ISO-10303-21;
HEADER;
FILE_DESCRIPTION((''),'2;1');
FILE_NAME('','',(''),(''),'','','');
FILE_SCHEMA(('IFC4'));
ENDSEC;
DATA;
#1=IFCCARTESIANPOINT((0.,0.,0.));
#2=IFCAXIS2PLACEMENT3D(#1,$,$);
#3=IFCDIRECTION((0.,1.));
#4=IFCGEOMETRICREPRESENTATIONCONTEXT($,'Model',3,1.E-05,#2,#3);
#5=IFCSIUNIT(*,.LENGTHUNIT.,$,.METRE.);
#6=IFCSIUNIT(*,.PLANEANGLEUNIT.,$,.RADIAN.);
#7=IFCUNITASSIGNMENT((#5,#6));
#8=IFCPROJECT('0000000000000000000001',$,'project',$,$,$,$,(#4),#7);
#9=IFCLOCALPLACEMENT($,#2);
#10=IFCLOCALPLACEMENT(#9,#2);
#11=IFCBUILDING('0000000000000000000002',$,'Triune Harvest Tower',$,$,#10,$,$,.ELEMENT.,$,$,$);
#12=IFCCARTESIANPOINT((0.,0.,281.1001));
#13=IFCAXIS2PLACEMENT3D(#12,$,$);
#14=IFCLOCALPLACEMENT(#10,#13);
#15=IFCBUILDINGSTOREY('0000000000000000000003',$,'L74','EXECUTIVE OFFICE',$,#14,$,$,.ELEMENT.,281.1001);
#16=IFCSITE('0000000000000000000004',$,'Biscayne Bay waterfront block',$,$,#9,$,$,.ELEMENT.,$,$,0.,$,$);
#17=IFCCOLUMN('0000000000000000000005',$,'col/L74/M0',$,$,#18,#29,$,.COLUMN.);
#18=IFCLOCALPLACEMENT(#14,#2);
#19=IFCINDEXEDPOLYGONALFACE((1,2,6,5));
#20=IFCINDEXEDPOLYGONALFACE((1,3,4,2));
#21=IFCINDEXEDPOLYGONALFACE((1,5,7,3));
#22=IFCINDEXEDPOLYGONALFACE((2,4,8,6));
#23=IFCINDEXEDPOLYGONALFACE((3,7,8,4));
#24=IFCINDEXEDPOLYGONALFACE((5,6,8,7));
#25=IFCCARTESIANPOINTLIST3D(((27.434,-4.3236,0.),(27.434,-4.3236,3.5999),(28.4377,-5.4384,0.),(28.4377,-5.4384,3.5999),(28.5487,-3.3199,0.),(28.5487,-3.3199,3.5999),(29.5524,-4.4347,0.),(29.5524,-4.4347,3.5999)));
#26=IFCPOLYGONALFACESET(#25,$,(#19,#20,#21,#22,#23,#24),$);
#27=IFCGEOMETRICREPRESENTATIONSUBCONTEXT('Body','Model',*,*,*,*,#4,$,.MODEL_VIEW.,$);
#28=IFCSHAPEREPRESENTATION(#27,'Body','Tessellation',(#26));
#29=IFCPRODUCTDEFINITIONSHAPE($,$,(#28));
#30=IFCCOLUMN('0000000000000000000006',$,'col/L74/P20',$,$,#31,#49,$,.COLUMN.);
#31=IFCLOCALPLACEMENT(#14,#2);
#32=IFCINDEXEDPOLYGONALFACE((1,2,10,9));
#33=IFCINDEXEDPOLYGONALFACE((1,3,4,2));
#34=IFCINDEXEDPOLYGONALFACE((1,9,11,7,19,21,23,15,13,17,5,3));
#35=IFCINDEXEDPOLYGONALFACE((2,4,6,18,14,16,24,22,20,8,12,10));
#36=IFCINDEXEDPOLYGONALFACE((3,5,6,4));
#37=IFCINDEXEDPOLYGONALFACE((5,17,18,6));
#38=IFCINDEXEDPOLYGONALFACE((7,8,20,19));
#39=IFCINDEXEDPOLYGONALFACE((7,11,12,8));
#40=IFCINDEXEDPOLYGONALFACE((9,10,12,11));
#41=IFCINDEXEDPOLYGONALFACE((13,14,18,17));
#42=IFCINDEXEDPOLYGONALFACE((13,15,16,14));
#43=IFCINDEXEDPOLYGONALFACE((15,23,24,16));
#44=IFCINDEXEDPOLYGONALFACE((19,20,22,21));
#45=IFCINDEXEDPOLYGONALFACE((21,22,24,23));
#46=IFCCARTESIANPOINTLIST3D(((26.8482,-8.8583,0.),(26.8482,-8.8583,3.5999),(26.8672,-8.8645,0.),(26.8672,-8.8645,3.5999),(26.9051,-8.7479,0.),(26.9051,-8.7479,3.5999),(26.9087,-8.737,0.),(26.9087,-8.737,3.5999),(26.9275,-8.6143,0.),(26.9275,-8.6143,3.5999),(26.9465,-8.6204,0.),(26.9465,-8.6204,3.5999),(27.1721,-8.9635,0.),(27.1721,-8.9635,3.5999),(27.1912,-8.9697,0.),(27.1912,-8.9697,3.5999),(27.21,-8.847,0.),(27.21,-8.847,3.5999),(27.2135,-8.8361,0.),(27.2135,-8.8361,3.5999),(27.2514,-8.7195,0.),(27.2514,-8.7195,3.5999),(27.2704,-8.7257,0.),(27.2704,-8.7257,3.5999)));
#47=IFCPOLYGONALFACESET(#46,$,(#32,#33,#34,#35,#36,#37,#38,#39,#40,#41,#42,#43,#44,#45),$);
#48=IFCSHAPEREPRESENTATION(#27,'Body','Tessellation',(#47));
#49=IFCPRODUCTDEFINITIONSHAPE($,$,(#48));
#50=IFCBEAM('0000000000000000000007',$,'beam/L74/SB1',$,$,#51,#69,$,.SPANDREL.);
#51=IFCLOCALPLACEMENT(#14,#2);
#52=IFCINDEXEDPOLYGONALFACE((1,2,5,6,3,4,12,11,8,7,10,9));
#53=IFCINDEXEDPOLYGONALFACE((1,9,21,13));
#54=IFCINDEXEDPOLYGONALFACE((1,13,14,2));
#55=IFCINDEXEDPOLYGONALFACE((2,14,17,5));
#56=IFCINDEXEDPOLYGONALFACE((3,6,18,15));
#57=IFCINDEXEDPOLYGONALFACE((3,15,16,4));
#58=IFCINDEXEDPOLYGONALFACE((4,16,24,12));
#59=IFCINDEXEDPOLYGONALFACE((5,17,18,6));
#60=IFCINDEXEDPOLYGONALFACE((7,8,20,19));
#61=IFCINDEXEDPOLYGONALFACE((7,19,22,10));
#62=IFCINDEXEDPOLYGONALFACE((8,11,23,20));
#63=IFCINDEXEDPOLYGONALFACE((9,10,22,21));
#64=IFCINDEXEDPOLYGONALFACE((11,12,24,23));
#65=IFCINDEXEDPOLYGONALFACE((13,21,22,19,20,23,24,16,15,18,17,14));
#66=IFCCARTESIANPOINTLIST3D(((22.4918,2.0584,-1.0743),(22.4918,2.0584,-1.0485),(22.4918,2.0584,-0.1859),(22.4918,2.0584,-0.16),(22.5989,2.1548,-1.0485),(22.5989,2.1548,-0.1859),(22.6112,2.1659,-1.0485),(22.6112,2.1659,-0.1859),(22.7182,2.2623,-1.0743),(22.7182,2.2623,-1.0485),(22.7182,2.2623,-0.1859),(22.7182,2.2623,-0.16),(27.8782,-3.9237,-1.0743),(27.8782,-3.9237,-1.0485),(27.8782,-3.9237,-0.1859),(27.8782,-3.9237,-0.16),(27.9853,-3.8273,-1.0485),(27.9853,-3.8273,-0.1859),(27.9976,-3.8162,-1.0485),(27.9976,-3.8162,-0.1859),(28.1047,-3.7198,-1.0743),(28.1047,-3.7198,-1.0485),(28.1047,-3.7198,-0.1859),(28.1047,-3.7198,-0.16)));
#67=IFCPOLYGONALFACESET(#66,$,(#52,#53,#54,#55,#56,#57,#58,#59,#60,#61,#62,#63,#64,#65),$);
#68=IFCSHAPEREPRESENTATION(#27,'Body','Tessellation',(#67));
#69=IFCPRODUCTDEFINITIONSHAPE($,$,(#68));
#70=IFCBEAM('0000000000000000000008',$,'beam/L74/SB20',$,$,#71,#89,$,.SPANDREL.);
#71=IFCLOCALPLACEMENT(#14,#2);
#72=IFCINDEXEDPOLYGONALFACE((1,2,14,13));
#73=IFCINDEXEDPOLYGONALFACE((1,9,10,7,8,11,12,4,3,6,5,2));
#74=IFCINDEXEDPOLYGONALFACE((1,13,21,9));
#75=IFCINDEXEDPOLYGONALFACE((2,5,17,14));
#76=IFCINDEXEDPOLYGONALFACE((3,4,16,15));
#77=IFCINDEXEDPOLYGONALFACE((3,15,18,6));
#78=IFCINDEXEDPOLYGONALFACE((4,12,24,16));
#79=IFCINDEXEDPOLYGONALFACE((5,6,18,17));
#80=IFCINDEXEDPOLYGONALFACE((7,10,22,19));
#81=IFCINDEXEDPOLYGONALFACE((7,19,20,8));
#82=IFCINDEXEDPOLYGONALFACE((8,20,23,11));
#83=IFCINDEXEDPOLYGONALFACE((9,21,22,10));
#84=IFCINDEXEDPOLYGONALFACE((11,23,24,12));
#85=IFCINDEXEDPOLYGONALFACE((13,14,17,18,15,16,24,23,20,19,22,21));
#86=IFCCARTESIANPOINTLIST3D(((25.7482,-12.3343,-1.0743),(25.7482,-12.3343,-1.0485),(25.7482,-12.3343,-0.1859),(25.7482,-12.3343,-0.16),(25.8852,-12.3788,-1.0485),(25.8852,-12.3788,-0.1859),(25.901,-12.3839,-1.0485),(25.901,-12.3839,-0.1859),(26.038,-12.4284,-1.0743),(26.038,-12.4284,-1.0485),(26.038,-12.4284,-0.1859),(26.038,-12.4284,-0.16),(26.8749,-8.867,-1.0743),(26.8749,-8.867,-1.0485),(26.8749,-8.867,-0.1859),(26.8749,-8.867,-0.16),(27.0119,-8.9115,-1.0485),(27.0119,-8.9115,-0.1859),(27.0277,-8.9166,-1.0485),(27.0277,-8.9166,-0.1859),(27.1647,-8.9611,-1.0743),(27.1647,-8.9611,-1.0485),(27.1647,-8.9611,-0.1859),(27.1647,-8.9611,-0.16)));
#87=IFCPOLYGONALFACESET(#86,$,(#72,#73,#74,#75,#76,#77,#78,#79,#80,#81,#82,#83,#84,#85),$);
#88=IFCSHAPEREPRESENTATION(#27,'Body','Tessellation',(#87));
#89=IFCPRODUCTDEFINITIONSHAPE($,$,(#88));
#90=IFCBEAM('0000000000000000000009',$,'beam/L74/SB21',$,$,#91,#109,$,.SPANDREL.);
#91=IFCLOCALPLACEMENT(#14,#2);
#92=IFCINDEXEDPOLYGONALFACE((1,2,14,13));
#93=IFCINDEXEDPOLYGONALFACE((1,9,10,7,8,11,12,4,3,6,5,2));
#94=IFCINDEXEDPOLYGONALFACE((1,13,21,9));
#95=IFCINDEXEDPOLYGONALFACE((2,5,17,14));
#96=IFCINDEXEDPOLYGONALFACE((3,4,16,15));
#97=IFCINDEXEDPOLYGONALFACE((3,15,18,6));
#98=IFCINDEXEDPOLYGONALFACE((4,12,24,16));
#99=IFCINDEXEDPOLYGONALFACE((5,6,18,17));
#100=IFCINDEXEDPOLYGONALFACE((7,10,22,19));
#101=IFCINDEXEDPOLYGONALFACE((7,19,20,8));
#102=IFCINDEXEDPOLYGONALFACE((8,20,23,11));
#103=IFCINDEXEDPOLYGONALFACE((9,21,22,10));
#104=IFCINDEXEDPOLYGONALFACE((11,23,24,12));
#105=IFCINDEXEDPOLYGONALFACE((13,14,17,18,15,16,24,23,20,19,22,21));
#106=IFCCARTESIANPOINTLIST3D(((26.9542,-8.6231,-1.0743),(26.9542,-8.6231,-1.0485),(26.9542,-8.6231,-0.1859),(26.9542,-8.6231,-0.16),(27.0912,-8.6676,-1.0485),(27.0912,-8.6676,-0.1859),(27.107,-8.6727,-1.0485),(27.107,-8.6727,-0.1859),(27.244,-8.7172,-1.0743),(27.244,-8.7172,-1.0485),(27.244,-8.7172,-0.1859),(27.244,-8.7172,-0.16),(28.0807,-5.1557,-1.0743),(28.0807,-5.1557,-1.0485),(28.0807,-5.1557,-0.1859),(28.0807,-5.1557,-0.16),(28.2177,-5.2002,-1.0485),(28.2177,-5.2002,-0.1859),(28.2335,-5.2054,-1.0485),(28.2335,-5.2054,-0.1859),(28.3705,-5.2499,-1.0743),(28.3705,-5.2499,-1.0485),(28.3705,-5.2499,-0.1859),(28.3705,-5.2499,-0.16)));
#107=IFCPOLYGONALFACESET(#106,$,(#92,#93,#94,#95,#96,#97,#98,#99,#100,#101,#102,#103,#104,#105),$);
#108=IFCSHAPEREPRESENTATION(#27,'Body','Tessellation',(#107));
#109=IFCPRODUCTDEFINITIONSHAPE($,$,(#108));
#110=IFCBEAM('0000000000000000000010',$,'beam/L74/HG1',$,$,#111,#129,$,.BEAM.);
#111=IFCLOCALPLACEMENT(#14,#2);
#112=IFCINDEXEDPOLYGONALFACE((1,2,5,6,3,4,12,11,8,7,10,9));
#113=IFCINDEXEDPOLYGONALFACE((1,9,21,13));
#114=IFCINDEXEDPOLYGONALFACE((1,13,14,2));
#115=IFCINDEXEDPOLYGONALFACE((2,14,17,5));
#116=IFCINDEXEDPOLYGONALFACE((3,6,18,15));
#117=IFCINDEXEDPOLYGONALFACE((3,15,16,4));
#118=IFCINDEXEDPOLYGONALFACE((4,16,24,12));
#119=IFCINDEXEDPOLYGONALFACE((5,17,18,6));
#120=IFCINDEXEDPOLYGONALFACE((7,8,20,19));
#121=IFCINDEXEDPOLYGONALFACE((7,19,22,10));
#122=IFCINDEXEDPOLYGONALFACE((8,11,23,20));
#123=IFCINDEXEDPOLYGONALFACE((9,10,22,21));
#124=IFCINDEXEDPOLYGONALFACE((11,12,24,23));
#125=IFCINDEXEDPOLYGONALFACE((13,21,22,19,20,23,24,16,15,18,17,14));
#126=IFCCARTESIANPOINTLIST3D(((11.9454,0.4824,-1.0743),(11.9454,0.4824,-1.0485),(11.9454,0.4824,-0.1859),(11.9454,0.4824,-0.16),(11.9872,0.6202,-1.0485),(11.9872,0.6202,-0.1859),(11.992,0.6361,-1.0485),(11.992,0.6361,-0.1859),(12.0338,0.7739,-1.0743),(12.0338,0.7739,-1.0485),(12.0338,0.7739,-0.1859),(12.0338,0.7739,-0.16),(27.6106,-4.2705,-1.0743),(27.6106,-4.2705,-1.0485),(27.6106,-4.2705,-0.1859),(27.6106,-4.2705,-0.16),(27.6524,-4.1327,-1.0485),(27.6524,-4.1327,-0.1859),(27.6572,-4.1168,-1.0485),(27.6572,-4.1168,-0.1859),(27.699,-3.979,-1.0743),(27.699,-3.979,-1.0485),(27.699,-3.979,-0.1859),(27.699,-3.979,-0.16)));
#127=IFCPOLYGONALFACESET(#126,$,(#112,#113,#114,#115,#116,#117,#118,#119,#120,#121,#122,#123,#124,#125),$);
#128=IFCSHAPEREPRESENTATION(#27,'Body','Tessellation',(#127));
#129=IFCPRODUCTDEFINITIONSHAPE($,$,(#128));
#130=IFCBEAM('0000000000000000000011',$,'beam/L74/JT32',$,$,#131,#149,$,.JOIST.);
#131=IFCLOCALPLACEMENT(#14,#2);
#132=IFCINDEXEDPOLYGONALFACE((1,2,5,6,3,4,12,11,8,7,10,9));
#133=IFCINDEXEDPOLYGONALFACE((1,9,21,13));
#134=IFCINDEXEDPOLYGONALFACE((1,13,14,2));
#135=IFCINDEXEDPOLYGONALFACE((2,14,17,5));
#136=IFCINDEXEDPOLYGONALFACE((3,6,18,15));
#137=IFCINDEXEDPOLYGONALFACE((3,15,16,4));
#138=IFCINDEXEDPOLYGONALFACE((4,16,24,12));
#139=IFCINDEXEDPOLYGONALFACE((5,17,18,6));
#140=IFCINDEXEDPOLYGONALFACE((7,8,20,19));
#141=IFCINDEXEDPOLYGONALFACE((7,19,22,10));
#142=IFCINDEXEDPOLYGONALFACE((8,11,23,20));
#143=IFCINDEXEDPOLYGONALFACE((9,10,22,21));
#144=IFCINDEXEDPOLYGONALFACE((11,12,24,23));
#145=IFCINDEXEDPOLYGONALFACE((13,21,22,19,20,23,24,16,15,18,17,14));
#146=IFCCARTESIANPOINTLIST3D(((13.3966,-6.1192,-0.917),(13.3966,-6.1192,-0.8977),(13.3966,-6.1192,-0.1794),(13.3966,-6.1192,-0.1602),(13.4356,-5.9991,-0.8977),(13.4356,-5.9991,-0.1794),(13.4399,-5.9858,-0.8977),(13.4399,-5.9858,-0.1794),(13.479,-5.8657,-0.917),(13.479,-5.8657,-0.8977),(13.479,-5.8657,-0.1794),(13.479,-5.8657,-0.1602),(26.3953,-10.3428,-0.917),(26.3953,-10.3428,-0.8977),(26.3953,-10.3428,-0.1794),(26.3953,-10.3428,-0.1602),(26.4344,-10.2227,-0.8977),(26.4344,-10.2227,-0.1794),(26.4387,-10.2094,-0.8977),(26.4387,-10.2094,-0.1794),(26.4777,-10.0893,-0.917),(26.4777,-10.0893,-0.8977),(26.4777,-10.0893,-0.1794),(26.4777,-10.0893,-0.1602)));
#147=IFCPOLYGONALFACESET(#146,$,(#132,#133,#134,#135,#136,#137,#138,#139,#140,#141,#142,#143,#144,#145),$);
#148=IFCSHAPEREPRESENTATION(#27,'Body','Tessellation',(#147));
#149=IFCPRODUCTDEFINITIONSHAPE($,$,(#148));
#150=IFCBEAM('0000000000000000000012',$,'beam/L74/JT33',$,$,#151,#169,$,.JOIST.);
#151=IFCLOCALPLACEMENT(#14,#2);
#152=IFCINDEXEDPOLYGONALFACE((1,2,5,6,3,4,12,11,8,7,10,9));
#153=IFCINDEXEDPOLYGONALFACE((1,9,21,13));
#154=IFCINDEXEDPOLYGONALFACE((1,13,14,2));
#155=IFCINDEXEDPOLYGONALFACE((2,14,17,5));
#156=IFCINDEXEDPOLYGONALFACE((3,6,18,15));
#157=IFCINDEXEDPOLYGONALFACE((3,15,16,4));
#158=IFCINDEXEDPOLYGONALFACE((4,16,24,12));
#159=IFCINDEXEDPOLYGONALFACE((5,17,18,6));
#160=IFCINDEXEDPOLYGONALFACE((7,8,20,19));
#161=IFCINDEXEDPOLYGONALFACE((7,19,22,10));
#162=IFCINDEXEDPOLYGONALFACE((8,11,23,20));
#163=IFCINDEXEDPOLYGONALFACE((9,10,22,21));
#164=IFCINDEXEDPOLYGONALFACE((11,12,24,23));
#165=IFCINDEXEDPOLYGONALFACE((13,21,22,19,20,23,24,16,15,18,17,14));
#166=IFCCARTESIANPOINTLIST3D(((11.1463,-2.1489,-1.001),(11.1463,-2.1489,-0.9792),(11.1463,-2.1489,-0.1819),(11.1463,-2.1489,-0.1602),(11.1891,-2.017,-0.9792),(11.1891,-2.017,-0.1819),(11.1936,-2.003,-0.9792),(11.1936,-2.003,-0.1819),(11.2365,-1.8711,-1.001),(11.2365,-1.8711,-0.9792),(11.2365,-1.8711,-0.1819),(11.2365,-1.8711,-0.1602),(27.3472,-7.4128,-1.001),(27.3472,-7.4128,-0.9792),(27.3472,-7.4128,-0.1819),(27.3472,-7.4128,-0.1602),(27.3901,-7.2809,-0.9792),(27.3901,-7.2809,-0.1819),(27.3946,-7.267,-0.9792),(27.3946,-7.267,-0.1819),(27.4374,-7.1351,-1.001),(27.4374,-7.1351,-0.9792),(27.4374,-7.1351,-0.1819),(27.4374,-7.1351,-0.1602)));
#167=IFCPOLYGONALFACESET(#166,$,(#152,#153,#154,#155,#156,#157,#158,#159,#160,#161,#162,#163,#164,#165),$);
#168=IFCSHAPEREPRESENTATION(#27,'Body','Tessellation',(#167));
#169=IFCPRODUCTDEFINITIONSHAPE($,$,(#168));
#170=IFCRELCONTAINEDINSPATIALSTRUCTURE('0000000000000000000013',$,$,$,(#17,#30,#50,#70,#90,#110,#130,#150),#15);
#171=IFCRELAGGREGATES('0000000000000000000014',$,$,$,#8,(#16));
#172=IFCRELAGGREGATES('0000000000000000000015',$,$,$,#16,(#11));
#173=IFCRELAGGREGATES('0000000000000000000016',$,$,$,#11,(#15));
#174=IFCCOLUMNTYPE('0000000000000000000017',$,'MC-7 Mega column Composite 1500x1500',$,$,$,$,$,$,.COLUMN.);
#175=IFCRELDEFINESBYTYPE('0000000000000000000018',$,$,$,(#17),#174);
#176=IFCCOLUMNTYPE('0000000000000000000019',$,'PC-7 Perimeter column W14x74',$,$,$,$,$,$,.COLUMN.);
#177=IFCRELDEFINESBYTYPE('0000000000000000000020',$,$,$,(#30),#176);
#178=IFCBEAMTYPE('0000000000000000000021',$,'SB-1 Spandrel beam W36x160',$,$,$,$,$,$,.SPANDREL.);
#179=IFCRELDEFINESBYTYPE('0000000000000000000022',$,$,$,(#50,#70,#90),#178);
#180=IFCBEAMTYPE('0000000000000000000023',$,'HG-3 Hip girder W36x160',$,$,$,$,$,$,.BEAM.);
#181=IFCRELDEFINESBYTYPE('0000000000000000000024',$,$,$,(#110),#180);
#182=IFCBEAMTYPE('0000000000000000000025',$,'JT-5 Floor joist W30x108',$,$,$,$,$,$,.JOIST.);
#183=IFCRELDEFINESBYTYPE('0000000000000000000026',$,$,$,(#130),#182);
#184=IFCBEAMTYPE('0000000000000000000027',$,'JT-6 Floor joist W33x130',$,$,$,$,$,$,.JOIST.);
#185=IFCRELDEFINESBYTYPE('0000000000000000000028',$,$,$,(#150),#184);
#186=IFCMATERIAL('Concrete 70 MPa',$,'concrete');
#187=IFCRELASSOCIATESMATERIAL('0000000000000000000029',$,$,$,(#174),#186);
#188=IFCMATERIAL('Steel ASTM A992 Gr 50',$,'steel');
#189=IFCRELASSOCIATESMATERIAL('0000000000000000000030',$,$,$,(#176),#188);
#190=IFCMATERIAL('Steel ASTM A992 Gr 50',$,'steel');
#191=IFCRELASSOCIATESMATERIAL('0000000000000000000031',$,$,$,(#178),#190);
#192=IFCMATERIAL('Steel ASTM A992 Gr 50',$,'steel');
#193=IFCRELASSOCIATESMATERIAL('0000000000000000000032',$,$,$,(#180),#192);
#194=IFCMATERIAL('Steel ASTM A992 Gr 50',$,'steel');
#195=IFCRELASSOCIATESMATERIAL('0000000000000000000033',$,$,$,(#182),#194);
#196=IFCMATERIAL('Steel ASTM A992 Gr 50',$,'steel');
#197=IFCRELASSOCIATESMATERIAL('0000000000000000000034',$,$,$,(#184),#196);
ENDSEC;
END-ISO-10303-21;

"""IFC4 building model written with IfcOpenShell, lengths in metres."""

from ifc_helpers import new_model, si_unit, direction, frame, origin, origin_2d, place, context, subcontext, project, spatial, rectangle, i_section, extrude, source, transform, mapped, material, material_profile, profile_set, type_object, element, save


model = new_model("IFC4")

# Units and contexts
model_context = context("Model", 3, precision=1e-05, world=origin(), true_north=direction((0.0, 1.0)))
body_context = subcontext(model_context, "Body", "Model", "MODEL_VIEW")
ifc_project = project(units=[si_unit("LENGTHUNIT", "METRE"), si_unit("PLANEANGLEUNIT", "RADIAN")], contexts=[model_context])

# Site, building, storey
site_placement = place(None, origin())
site = spatial("IfcSite", under=ifc_project, at=site_placement, Name="Biscayne Bay waterfront block", CompositionType="ELEMENT", RefElevation=0.0)
building_placement = place(site_placement, origin())
building = spatial("IfcBuilding", under=site, at=building_placement, Name="Triune Harvest Tower", CompositionType="ELEMENT")
storey_placement = place(building_placement, frame((0.0, 0.0, 281.1001)))
storey = spatial("IfcBuildingStorey", under=building, at=storey_placement, Name="L74", Description="EXECUTIVE OFFICE", CompositionType="ELEMENT", Elevation=281.1001)

# Columns
ifc_material_1 = material(Name="Concrete 70 MPa", Category="concrete")
ifc_material_profile_1 = material_profile(ifc_material_1, rectangle(XDim=1.5, YDim=1.5, at=origin_2d()), Name="Composite 1500x1500")
ifc_profile_set_1 = profile_set([ifc_material_profile_1], Name="Concrete 70 MPa")
column_type_1 = type_object("IfcColumnType", Name="MC-7 Mega column Composite 1500x1500", PredefinedType="COLUMN", material=ifc_profile_set_1)
shared_shape_1 = source(origin(), body_context, "Body", "SweptSolid", [
    extrude(rectangle(XDim=1.5, YDim=1.5, at=origin_2d()), origin(), (0.0, 0.0, 1.0), 3.5999),
])
column_1_placement = place(storey_placement, frame((28.4932, -4.3792, 0.0), z_axis=(0.0, 0.0, 1.0), x_axis=(-0.669131, 0.743145, 0.0)))
element("IfcColumn", 1, at=column_1_placement, inside=storey, type_object=column_type_1, Name="col/L74/M0", PredefinedType="COLUMN", context=body_context, shape_type="MappedRepresentation", body=[
    mapped(shared_shape_1, transform((0.0, 0.0, 0.0), scale=1.0)),
])
ifc_material_2 = material(Name="Steel ASTM A992 Gr 50", Category="steel")
ifc_material_profile_2 = material_profile(ifc_material_2, i_section(OverallWidth=0.2566, OverallDepth=0.3606, WebThickness=0.0115, FlangeThickness=0.02, at=origin_2d()), Name="W14x74")
ifc_profile_set_2 = profile_set([ifc_material_profile_2], Name="Steel ASTM A992 Gr 50")
column_type_2 = type_object("IfcColumnType", Name="PC-7 Perimeter column W14x74", PredefinedType="COLUMN", material=ifc_profile_set_2)
shared_shape_2 = source(origin(), body_context, "Body", "SweptSolid", [
    extrude(i_section(OverallWidth=0.2566, OverallDepth=0.3606, WebThickness=0.0115, FlangeThickness=0.02, at=origin_2d()), origin(), (0.0, 0.0, 1.0), 3.5999),
])
column_2_placement = place(storey_placement, frame((27.0593, -8.792, 0.0), z_axis=(0.0, 0.0, 1.0), x_axis=(0.309017, 0.951057, 0.0)))
element("IfcColumn", 2, at=column_2_placement, inside=storey, type_object=column_type_2, Name="col/L74/P20", PredefinedType="COLUMN", context=body_context, shape_type="MappedRepresentation", body=[
    mapped(shared_shape_2, transform((0.0, 0.0, 0.0), scale=1.0)),
])

# Beams
ifc_material_3 = material(Name="Steel ASTM A992 Gr 50", Category="steel")
ifc_material_profile_3 = material_profile(ifc_material_3, i_section(OverallWidth=0.3047, OverallDepth=0.9143, WebThickness=0.0166, FlangeThickness=0.0259, at=origin_2d()), Name="W36x160")
ifc_profile_set_3 = profile_set([ifc_material_profile_3], Name="Steel ASTM A992 Gr 50")
beam_type_1 = type_object("IfcBeamType", Name="SB-1 Spandrel beam W36x160", PredefinedType="SPANDREL", material=ifc_profile_set_3)
shared_shape_3 = source(origin(), body_context, "Body", "SweptSolid", [
    extrude(i_section(OverallWidth=0.3047, OverallDepth=0.9143, WebThickness=0.0166, FlangeThickness=0.0259, at=origin_2d()), origin(), (0.0, 0.0, 1.0), 8.0498),
])
beam_1_placement = place(storey_placement, frame((27.9915, -3.8218, -0.6172), z_axis=(-0.669137, 0.743139, 0.0), x_axis=(-0.743139, -0.669137, 0.0)))
element("IfcBeam", 3, at=beam_1_placement, inside=storey, type_object=beam_type_1, Name="beam/L74/SB1", PredefinedType="SPANDREL", context=body_context, shape_type="MappedRepresentation", body=[
    mapped(shared_shape_3, transform((0.0, 0.0, 0.0), scale=1.0)),
])
shared_shape_4 = source(origin(), body_context, "Body", "SweptSolid", [
    extrude(i_section(OverallWidth=0.3047, OverallDepth=0.9143, WebThickness=0.0166, FlangeThickness=0.0259, at=origin_2d()), origin(), (0.0, 0.0, 1.0), 3.6458),
])
for number, where, z_axis, x_axis, name in (
    (4, (25.8931, -12.3813, -0.6172), (0.309047, 0.951047, 0.0), (-0.951047, 0.309047, 0.0), "beam/L74/SB20"),
    (5, (27.0991, -8.6702, -0.6172), (0.308986, 0.951067, 0.0), (-0.951067, 0.308986, 0.0), "beam/L74/SB21"),
):
    element("IfcBeam", number, at=place(storey_placement, frame(where, z_axis=z_axis, x_axis=x_axis)), inside=storey, type_object=beam_type_1, Name=name, PredefinedType="SPANDREL", context=body_context, shape_type="MappedRepresentation", body=[
        mapped(shared_shape_4, transform((0.0, 0.0, 0.0), scale=1.0)),
    ])
ifc_material_4 = material(Name="Steel ASTM A992 Gr 50", Category="steel")
ifc_material_profile_4 = material_profile(ifc_material_4, i_section(OverallWidth=0.3047, OverallDepth=0.9143, WebThickness=0.0166, FlangeThickness=0.0259, at=origin_2d()), Name="W36x160")
ifc_profile_set_4 = profile_set([ifc_material_profile_4], Name="Steel ASTM A992 Gr 50")
beam_type_2 = type_object("IfcBeamType", Name="HG-3 Hip girder W36x160", PredefinedType="BEAM", material=ifc_profile_set_4)
shared_shape_5 = source(origin(), body_context, "Body", "SweptSolid", [
    extrude(i_section(OverallWidth=0.3047, OverallDepth=0.9143, WebThickness=0.0166, FlangeThickness=0.0259, at=origin_2d()), origin(), (0.0, 0.0, 1.0), 16.3704),
])
beam_2_placement = place(storey_placement, frame((27.6548, -4.1248, -0.6172), z_axis=(-0.956925, 0.290336, 0.0), x_axis=(-0.290336, -0.956925, 0.0)))
element("IfcBeam", 6, at=beam_2_placement, inside=storey, type_object=beam_type_2, Name="beam/L74/HG1", PredefinedType="BEAM", context=body_context, shape_type="MappedRepresentation", body=[
    mapped(shared_shape_5, transform((0.0, 0.0, 0.0), scale=1.0)),
])
ifc_material_5 = material(Name="Steel ASTM A992 Gr 50", Category="steel")
ifc_material_profile_5 = material_profile(ifc_material_5, i_section(OverallWidth=0.2666, OverallDepth=0.7568, WebThickness=0.0139, FlangeThickness=0.0193, at=origin_2d()), Name="W30x108")
ifc_profile_set_5 = profile_set([ifc_material_profile_5], Name="Steel ASTM A992 Gr 50")
beam_type_3 = type_object("IfcBeamType", Name="JT-5 Floor joist W30x108", PredefinedType="JOIST", material=ifc_profile_set_5)
shared_shape_6 = source(origin(), body_context, "Body", "SweptSolid", [
    extrude(i_section(OverallWidth=0.2666, OverallDepth=0.7568, WebThickness=0.0139, FlangeThickness=0.0193, at=origin_2d()), origin(), (0.0, 0.0, 1.0), 13.6677),
])
beam_3_placement = place(storey_placement, frame((26.4365, -10.2161, -0.5386), z_axis=(-0.951055, 0.309022, 0.0), x_axis=(-0.309022, -0.951055, 0.0)))
element("IfcBeam", 7, at=beam_3_placement, inside=storey, type_object=beam_type_3, Name="beam/L74/JT32", PredefinedType="JOIST", context=body_context, shape_type="MappedRepresentation", body=[
    mapped(shared_shape_6, transform((0.0, 0.0, 0.0), scale=1.0)),
])
ifc_material_6 = material(Name="Steel ASTM A992 Gr 50", Category="steel")
ifc_material_profile_6 = material_profile(ifc_material_6, i_section(OverallWidth=0.292, OverallDepth=0.8408, WebThickness=0.0146, FlangeThickness=0.0217, at=origin_2d()), Name="W33x130")
ifc_profile_set_6 = profile_set([ifc_material_profile_6], Name="Steel ASTM A992 Gr 50")
beam_type_4 = type_object("IfcBeamType", Name="JT-6 Floor joist W33x130", PredefinedType="JOIST", material=ifc_profile_set_6)
shared_shape_7 = source(origin(), body_context, "Body", "SweptSolid", [
    extrude(i_section(OverallWidth=0.292, OverallDepth=0.8408, WebThickness=0.0146, FlangeThickness=0.0217, at=origin_2d()), origin(), (0.0, 0.0, 1.0), 17.0347),
])
beam_4_placement = place(storey_placement, frame((27.3923, -7.2739, -0.5806), z_axis=(-0.951058, 0.309013, 0.0), x_axis=(-0.309013, -0.951058, 0.0)))
element("IfcBeam", 8, at=beam_4_placement, inside=storey, type_object=beam_type_4, Name="beam/L74/JT33", PredefinedType="JOIST", context=body_context, shape_type="MappedRepresentation", body=[
    mapped(shared_shape_7, transform((0.0, 0.0, 0.0), scale=1.0)),
])

save(model, "model.ifc")
